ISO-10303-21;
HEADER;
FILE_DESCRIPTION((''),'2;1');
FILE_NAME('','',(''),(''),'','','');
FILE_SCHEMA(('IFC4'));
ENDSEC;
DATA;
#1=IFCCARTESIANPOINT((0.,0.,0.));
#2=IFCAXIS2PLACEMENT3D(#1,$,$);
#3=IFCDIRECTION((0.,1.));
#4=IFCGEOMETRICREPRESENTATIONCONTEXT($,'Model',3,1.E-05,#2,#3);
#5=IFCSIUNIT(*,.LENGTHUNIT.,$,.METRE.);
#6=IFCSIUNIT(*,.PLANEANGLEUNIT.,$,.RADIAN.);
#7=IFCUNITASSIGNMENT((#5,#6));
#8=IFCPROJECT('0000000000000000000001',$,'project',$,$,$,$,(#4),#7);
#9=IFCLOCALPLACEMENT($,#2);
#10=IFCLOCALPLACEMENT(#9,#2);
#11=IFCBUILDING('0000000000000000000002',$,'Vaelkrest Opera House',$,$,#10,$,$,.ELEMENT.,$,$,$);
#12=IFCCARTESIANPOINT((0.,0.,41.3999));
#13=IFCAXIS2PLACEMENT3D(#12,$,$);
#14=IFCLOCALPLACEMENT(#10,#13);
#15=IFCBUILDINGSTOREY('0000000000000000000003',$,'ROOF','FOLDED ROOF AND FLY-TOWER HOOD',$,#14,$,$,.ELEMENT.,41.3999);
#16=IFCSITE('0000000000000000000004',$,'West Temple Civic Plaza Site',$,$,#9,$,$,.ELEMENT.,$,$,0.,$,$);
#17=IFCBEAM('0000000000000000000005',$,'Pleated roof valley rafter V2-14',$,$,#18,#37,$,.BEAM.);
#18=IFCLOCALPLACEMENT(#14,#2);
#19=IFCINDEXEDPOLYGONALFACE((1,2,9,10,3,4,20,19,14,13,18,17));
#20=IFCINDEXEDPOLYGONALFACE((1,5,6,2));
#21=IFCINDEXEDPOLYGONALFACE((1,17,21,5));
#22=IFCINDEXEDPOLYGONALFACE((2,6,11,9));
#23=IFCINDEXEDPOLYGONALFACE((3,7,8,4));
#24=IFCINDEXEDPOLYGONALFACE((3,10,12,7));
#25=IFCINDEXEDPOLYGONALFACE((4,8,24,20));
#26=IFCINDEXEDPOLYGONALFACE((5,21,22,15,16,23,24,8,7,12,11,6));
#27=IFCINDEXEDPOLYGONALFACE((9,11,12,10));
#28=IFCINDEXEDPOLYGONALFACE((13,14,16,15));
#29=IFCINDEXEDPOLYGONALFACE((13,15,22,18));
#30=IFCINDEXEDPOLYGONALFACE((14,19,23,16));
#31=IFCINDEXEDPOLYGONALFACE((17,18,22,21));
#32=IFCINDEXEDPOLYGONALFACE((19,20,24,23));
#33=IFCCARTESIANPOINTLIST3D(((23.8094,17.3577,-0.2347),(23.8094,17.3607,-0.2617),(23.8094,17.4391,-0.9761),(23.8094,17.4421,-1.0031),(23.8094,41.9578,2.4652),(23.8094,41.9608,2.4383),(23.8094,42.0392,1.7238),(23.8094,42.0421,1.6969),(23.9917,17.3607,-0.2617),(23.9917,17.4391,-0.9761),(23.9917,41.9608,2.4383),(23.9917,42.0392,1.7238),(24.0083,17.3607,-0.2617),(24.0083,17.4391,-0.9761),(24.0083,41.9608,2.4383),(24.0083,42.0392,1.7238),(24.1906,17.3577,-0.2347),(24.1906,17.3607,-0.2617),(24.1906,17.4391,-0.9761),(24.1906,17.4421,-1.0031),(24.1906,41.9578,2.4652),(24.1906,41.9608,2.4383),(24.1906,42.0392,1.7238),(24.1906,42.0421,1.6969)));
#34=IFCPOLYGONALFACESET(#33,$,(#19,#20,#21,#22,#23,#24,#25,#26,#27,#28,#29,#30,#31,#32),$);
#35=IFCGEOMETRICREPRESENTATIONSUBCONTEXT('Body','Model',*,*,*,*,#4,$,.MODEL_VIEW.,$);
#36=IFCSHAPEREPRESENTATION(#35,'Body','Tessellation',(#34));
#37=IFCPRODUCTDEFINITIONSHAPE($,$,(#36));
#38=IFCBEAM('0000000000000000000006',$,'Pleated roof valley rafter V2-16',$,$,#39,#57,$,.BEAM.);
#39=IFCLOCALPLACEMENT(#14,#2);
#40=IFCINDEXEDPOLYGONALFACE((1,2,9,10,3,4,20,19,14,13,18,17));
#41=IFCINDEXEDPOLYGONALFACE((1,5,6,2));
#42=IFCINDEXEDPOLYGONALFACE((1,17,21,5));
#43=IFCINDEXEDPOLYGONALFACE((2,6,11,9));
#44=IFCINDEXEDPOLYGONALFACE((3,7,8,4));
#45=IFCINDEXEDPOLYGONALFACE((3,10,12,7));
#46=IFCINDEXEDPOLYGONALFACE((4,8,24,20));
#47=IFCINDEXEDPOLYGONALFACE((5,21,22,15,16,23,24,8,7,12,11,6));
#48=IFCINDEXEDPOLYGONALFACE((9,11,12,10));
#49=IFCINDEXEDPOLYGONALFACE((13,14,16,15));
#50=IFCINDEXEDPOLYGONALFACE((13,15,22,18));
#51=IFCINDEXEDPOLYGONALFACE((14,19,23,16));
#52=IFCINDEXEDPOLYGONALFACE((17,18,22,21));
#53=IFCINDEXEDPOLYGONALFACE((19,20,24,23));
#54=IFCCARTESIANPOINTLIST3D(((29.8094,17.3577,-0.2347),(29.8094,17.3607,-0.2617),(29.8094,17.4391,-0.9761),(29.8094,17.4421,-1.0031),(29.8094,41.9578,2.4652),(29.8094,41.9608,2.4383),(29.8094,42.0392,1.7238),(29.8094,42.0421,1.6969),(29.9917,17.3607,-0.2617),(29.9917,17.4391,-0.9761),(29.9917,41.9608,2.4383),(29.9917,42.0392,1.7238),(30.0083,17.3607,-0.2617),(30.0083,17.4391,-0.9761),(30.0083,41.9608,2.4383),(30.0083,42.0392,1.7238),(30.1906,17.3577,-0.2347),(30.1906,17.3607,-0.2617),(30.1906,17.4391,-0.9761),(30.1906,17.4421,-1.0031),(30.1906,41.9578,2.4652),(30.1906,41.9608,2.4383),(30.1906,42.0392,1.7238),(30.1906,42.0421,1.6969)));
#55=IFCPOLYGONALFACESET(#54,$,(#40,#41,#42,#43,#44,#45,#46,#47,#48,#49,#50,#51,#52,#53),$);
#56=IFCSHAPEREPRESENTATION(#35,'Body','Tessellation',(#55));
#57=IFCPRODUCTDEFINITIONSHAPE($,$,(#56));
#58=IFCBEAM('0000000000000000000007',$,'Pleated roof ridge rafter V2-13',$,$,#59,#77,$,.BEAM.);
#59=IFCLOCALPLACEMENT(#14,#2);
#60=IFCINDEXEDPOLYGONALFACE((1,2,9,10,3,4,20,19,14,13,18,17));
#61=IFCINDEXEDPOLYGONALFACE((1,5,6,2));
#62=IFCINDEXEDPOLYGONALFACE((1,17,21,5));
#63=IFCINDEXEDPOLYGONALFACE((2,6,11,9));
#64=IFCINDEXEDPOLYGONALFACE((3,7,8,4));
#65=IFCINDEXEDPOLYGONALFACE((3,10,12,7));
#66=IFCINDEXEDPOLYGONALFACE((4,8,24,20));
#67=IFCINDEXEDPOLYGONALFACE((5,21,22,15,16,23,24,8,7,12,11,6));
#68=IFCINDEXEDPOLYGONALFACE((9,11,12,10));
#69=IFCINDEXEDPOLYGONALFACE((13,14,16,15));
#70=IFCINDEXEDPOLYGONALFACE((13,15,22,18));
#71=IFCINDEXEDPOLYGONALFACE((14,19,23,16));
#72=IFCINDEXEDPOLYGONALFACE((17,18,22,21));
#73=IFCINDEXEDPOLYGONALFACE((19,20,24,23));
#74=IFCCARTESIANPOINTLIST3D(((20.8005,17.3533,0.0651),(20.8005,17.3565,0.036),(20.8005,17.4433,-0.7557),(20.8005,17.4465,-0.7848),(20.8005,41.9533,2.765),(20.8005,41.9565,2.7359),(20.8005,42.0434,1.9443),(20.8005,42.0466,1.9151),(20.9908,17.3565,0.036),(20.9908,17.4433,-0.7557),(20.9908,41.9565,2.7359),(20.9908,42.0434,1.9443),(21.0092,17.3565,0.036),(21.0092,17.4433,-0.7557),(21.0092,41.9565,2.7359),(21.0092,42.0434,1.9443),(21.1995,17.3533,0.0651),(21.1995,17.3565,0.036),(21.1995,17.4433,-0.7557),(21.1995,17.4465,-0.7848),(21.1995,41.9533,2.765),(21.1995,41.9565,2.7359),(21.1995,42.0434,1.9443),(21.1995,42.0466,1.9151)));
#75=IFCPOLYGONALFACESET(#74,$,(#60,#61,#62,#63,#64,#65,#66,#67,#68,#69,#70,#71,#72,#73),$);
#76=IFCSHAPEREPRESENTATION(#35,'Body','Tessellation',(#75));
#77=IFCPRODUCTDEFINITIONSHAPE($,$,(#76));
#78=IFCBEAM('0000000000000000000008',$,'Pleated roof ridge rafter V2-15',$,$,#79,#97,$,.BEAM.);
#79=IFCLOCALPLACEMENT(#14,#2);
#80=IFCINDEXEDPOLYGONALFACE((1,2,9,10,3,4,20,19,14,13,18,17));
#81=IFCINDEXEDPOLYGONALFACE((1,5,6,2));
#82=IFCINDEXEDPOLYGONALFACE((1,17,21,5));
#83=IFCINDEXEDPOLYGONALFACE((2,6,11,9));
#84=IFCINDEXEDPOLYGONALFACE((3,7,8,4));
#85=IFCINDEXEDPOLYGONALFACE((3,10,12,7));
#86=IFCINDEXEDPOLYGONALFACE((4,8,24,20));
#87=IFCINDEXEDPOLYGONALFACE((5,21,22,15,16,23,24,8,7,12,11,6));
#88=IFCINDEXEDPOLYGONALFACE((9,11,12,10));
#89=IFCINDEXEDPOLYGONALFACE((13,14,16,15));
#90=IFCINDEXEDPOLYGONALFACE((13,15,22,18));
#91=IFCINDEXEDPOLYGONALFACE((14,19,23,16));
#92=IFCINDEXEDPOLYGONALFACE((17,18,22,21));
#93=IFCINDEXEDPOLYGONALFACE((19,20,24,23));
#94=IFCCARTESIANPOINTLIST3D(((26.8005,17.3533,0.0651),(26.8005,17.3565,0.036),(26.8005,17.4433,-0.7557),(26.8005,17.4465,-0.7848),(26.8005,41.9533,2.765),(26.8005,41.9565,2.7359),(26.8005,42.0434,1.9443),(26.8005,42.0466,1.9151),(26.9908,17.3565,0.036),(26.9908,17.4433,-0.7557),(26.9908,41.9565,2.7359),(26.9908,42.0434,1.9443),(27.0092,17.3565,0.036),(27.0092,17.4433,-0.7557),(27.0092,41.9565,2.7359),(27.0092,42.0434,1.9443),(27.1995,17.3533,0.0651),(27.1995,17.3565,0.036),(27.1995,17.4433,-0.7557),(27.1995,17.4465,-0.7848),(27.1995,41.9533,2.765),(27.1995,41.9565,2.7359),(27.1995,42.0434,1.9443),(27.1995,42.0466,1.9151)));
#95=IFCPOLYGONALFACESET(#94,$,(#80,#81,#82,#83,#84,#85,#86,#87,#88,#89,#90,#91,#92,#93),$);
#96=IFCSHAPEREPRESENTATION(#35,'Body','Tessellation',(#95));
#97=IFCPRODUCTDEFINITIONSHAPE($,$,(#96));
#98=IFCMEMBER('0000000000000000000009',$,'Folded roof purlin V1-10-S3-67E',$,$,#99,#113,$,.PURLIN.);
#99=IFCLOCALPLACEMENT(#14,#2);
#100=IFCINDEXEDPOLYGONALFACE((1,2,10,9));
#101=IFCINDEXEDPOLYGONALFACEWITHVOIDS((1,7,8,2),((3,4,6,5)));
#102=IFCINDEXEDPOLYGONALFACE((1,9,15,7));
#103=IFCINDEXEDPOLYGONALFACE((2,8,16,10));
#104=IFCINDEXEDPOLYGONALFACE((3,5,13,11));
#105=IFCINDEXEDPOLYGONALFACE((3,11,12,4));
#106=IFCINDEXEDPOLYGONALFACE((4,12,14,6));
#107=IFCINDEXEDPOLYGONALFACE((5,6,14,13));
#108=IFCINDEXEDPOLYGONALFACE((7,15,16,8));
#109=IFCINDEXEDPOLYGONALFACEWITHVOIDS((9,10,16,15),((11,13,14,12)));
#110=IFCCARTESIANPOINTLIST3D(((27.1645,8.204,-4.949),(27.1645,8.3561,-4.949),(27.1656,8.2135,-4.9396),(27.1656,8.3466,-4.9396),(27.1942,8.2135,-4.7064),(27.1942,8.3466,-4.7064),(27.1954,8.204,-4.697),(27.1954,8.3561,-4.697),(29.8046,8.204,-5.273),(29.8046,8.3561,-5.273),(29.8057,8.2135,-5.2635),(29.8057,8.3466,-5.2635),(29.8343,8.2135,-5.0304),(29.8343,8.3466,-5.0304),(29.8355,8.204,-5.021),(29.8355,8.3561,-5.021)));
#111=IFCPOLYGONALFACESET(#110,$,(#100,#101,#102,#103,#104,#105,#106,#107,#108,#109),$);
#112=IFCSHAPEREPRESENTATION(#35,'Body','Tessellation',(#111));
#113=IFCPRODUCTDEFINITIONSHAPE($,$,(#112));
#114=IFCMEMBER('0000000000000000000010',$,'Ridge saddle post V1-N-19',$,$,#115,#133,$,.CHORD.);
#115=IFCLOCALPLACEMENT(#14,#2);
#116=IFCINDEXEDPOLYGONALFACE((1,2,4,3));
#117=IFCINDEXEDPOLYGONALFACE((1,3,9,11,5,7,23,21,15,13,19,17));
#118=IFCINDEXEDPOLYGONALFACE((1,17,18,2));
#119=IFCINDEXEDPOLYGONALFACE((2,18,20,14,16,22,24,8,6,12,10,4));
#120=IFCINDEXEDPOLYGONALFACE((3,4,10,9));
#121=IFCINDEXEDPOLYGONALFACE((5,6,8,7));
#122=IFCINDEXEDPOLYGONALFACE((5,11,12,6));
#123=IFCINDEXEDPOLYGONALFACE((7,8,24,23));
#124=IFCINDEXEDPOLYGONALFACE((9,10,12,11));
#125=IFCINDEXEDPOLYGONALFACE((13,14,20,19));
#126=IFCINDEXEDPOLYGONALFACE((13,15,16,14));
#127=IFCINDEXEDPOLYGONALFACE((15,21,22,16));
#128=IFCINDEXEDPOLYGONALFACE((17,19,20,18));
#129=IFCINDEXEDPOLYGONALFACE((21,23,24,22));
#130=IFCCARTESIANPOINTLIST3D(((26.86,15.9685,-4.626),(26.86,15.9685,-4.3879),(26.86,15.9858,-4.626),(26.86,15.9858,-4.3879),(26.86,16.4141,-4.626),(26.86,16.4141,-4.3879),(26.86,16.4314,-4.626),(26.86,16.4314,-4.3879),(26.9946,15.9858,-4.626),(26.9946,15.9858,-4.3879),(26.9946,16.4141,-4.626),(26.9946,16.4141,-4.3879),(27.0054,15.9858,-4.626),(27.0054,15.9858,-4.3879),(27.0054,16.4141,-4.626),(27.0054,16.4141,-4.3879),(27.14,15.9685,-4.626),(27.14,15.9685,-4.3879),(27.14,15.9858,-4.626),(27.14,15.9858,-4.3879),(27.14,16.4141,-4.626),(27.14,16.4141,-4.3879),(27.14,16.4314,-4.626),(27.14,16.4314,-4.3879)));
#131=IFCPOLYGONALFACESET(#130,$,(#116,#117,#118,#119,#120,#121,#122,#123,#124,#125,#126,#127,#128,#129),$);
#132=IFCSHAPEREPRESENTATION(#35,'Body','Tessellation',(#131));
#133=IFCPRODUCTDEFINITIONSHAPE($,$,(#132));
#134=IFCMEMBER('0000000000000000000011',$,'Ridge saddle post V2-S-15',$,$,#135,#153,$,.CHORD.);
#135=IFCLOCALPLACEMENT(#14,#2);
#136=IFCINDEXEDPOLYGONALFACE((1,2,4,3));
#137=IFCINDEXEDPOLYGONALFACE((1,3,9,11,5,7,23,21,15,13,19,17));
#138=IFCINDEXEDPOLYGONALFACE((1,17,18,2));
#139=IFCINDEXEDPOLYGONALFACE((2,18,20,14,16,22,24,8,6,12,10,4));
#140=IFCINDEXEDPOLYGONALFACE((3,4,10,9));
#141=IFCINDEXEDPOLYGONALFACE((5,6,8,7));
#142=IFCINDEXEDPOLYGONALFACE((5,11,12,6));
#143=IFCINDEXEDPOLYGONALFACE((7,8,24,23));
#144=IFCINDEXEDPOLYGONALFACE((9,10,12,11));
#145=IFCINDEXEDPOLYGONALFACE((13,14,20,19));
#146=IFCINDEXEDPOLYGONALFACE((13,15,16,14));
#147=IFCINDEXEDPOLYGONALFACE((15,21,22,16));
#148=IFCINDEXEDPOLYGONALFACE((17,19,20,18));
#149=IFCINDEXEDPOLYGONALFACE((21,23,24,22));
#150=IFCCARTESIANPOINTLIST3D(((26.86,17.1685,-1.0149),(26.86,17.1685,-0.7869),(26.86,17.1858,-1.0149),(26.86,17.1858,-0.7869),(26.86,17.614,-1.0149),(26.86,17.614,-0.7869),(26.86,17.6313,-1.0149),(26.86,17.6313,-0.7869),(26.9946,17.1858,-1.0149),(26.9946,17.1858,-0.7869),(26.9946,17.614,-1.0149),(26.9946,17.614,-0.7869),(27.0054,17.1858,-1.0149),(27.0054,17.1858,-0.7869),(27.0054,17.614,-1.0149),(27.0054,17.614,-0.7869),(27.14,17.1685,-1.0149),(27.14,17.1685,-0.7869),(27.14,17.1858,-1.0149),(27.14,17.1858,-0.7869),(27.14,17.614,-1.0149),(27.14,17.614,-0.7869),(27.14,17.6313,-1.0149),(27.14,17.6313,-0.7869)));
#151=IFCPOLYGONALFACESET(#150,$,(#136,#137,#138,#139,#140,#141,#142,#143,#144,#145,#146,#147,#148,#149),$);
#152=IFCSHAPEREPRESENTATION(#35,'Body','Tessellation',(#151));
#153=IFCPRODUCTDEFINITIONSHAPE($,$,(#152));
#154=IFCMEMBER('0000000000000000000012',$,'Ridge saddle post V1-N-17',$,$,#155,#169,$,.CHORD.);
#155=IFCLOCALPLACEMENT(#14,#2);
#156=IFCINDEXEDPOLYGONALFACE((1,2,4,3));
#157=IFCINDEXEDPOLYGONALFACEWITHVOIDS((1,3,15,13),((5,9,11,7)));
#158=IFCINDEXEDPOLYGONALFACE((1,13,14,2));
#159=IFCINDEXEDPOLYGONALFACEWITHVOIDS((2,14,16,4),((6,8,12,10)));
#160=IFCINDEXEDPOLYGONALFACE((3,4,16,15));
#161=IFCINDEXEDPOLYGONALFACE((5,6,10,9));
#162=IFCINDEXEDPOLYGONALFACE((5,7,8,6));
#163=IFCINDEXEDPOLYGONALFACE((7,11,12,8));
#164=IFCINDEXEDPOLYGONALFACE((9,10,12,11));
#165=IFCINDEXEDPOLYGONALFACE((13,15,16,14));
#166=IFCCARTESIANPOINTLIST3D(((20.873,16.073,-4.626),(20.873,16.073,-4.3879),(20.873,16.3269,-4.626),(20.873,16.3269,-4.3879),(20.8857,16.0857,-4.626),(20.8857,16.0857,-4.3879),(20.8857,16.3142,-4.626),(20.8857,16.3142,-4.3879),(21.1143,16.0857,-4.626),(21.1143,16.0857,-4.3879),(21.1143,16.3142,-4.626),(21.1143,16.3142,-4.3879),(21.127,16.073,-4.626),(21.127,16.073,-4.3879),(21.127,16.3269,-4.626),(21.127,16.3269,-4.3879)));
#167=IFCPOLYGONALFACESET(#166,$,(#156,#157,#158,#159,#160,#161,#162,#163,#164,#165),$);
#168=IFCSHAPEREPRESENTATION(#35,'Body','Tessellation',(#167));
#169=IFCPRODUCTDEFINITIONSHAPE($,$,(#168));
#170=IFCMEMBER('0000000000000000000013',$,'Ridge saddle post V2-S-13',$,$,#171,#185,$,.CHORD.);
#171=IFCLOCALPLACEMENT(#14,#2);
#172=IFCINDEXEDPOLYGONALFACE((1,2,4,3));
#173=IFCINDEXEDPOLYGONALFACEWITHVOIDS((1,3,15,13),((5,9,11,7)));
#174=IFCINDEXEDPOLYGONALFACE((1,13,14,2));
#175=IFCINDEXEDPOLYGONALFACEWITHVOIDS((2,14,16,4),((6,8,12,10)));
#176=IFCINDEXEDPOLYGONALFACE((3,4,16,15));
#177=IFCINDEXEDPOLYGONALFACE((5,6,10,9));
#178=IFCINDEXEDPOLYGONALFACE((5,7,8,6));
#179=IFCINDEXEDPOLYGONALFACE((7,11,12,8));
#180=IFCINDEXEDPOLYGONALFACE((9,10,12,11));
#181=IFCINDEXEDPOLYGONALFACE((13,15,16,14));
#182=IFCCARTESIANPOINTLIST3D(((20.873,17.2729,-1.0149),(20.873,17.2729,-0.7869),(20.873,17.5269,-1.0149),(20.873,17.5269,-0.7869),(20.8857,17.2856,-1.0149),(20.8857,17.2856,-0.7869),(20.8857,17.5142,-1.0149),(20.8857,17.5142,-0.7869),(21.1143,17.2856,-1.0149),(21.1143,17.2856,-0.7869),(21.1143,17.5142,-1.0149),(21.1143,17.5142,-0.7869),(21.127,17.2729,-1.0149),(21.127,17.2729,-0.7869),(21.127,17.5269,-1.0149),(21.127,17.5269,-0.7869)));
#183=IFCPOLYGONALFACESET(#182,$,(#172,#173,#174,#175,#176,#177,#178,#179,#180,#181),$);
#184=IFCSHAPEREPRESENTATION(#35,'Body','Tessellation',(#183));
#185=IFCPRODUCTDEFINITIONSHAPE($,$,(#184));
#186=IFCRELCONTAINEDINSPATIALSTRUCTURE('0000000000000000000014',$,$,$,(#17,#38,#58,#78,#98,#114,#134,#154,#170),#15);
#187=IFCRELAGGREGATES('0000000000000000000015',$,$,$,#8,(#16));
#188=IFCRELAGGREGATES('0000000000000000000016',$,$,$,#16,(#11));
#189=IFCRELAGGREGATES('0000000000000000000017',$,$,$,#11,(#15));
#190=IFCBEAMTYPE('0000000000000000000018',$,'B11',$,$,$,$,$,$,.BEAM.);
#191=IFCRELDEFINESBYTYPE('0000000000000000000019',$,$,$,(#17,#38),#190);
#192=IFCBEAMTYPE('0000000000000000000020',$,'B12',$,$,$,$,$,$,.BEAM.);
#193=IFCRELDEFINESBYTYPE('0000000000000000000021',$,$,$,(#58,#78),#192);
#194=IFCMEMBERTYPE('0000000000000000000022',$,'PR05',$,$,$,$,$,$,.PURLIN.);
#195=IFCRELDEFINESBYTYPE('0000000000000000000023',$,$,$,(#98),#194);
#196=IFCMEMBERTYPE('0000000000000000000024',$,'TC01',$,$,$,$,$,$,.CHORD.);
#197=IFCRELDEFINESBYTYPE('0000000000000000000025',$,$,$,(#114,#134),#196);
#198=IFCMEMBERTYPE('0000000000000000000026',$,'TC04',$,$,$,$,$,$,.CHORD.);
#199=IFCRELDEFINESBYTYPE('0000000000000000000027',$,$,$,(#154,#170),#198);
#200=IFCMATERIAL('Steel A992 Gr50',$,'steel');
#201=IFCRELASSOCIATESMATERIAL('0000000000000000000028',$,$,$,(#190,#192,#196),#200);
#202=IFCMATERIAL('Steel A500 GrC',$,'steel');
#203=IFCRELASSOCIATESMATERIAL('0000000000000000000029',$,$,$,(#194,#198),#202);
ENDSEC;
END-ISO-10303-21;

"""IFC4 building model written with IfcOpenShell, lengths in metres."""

from ifc_helpers import new_model, si_unit, direction, frame, origin, origin_2d, place, context, subcontext, project, spatial, hollow_rectangle, i_section, extrude, material, material_profile, profile_set, type_object, element, save


model = new_model("IFC4")

# Units and contexts
model_context = context("Model", 3, precision=1e-05, world=origin(), true_north=direction((0.0, 1.0)))
body_context = subcontext(model_context, "Body", "Model", "MODEL_VIEW")
ifc_project = project(units=[si_unit("LENGTHUNIT", "METRE"), si_unit("PLANEANGLEUNIT", "RADIAN")], contexts=[model_context])

# Site, building, storey
site_placement = place(None, origin())
site = spatial("IfcSite", under=ifc_project, at=site_placement, Name="West Temple Civic Plaza Site", CompositionType="ELEMENT", RefElevation=0.0)
building_placement = place(site_placement, origin())
building = spatial("IfcBuilding", under=site, at=building_placement, Name="Vaelkrest Opera House", CompositionType="ELEMENT")
storey_placement = place(building_placement, frame((0.0, 0.0, 41.3999)))
storey = spatial("IfcBuildingStorey", under=building, at=storey_placement, Name="ROOF", Description="FOLDED ROOF AND FLY-TOWER HOOD", CompositionType="ELEMENT", Elevation=41.3999)

# Beams
ifc_material_1 = material(Name="Steel A992 Gr50", Category="steel")
ifc_material_profile_1 = material_profile(ifc_material_1, i_section(OverallWidth=0.3811, OverallDepth=0.7729, WebThickness=0.0166, FlangeThickness=0.0271, at=origin_2d()), Name="W30X173")
ifc_profile_set_1 = profile_set([ifc_material_profile_1], Name="Steel A992 Gr50")
beam_type_1 = type_object("IfcBeamType", Name="B11", PredefinedType="BEAM", material=ifc_profile_set_1)
for number, where, z_axis, x_axis, name in (
    (1, (24.0, 17.3999, -0.6189), (0.0, 0.994031, 0.109099), (-1.0, 0.0, 0.0), "Pleated roof valley rafter V2-14"),
    (2, (30.0, 17.3999, -0.6189), (0.0, 0.994031, 0.109099), (-1.0, 0.0, 0.0), "Pleated roof valley rafter V2-16"),
):
    element("IfcBeam", number, at=place(storey_placement, frame(where, z_axis=z_axis, x_axis=x_axis)), inside=storey, type_object=beam_type_1, Name=name, PredefinedType="BEAM", context=body_context, shape_type="SweptSolid", body=[
        extrude(i_section(OverallWidth=0.3811, OverallDepth=0.7729, WebThickness=0.0166, FlangeThickness=0.0271, at=origin_2d()), origin(), (0.0, 0.0, 1.0), 24.7478),
    ])
ifc_material_profile_2 = material_profile(ifc_material_1, i_section(OverallWidth=0.3989, OverallDepth=0.855, WebThickness=0.0183, FlangeThickness=0.0293, at=origin_2d()), Name="W33X201")
ifc_profile_set_2 = profile_set([ifc_material_profile_2], Name="Steel A992 Gr50")
beam_type_2 = type_object("IfcBeamType", Name="B12", PredefinedType="BEAM", material=ifc_profile_set_2)
for number, where, z_axis, x_axis, name in (
    (3, (21.0, 17.3999, -0.3599), (0.0, 0.994031, 0.109099), (-1.0, 0.0, 0.0), "Pleated roof ridge rafter V2-13"),
    (4, (27.0, 17.3999, -0.3599), (0.0, 0.994031, 0.109099), (-1.0, 0.0, 0.0), "Pleated roof ridge rafter V2-15"),
):
    element("IfcBeam", number, at=place(storey_placement, frame(where, z_axis=z_axis, x_axis=x_axis)), inside=storey, type_object=beam_type_2, Name=name, PredefinedType="BEAM", context=body_context, shape_type="SweptSolid", body=[
        extrude(i_section(OverallWidth=0.3989, OverallDepth=0.855, WebThickness=0.0183, FlangeThickness=0.0293, at=origin_2d()), origin(), (0.0, 0.0, 1.0), 24.7478),
    ])

# Members
ifc_material_2 = material(Name="Steel A500 GrC", Category="steel")
ifc_material_profile_3 = material_profile(ifc_material_2, hollow_rectangle(XDim=0.1521, YDim=0.2539, WallThickness=0.0095, at=origin_2d()), Name="HSS254X152X9.5")
ifc_profile_set_3 = profile_set([ifc_material_profile_3], Name="Steel A500 GrC")
member_type_1 = type_object("IfcMemberType", Name="PR05", PredefinedType="PURLIN", material=ifc_profile_set_3)
member_1_placement = place(storey_placement, frame((27.1799, 8.28, -4.823), z_axis=(0.992555, 0.0, -0.121798), x_axis=(0.0, 1.0, 0.0)))
element("IfcMember", 5, at=member_1_placement, inside=storey, type_object=member_type_1, Name="Folded roof purlin V1-10-S3-67E", PredefinedType="PURLIN", context=body_context, shape_type="SweptSolid", body=[
    extrude(hollow_rectangle(XDim=0.1521, YDim=0.2539, WallThickness=0.0095, at=origin_2d()), origin(), (0.0, 0.0, 1.0), 2.6599),
])
ifc_material_profile_4 = material_profile(ifc_material_1, i_section(OverallWidth=0.28, OverallDepth=0.4629, WebThickness=0.0107, FlangeThickness=0.0173, at=origin_2d()), Name="W18X76")
ifc_profile_set_4 = profile_set([ifc_material_profile_4], Name="Steel A992 Gr50")
member_type_2 = type_object("IfcMemberType", Name="TC01", PredefinedType="CHORD", material=ifc_profile_set_4)
member_2_placement = place(storey_placement, frame((27.0, 16.2, -4.626), z_axis=(0.0, 0.0, 1.0), x_axis=(1.0, 0.0, 0.0)))
element("IfcMember", 6, at=member_2_placement, inside=storey, type_object=member_type_2, Name="Ridge saddle post V1-N-19", PredefinedType="CHORD", context=body_context, shape_type="SweptSolid", body=[
    extrude(i_section(OverallWidth=0.28, OverallDepth=0.4629, WebThickness=0.0107, FlangeThickness=0.0173, at=origin_2d()), origin(), (0.0, 0.0, 1.0), 0.238),
])
member_3_placement = place(storey_placement, frame((27.0, 17.3999, -1.0149), z_axis=(0.0, 0.0, 1.0), x_axis=(1.0, 0.0, 0.0)))
element("IfcMember", 7, at=member_3_placement, inside=storey, type_object=member_type_2, Name="Ridge saddle post V2-S-15", PredefinedType="CHORD", context=body_context, shape_type="SweptSolid", body=[
    extrude(i_section(OverallWidth=0.28, OverallDepth=0.4629, WebThickness=0.0107, FlangeThickness=0.0173, at=origin_2d()), origin(), (0.0, 0.0, 1.0), 0.228),
])
ifc_material_profile_5 = material_profile(ifc_material_2, hollow_rectangle(XDim=0.2539, YDim=0.2539, WallThickness=0.0127, at=origin_2d()), Name="HSS254X254X12.7")
ifc_profile_set_5 = profile_set([ifc_material_profile_5], Name="Steel A500 GrC")
member_type_3 = type_object("IfcMemberType", Name="TC04", PredefinedType="CHORD", material=ifc_profile_set_5)
member_4_placement = place(storey_placement, frame((21.0, 16.2, -4.626), z_axis=(0.0, 0.0, 1.0), x_axis=(1.0, 0.0, 0.0)))
element("IfcMember", 8, at=member_4_placement, inside=storey, type_object=member_type_3, Name="Ridge saddle post V1-N-17", PredefinedType="CHORD", context=body_context, shape_type="SweptSolid", body=[
    extrude(hollow_rectangle(XDim=0.2539, YDim=0.2539, WallThickness=0.0127, at=origin_2d()), origin(), (0.0, 0.0, 1.0), 0.238),
])
member_5_placement = place(storey_placement, frame((21.0, 17.3999, -1.0149), z_axis=(0.0, 0.0, 1.0), x_axis=(1.0, 0.0, 0.0)))
element("IfcMember", 9, at=member_5_placement, inside=storey, type_object=member_type_3, Name="Ridge saddle post V2-S-13", PredefinedType="CHORD", context=body_context, shape_type="SweptSolid", body=[
    extrude(hollow_rectangle(XDim=0.2539, YDim=0.2539, WallThickness=0.0127, at=origin_2d()), origin(), (0.0, 0.0, 1.0), 0.228),
])

save(model, "model.ifc")
